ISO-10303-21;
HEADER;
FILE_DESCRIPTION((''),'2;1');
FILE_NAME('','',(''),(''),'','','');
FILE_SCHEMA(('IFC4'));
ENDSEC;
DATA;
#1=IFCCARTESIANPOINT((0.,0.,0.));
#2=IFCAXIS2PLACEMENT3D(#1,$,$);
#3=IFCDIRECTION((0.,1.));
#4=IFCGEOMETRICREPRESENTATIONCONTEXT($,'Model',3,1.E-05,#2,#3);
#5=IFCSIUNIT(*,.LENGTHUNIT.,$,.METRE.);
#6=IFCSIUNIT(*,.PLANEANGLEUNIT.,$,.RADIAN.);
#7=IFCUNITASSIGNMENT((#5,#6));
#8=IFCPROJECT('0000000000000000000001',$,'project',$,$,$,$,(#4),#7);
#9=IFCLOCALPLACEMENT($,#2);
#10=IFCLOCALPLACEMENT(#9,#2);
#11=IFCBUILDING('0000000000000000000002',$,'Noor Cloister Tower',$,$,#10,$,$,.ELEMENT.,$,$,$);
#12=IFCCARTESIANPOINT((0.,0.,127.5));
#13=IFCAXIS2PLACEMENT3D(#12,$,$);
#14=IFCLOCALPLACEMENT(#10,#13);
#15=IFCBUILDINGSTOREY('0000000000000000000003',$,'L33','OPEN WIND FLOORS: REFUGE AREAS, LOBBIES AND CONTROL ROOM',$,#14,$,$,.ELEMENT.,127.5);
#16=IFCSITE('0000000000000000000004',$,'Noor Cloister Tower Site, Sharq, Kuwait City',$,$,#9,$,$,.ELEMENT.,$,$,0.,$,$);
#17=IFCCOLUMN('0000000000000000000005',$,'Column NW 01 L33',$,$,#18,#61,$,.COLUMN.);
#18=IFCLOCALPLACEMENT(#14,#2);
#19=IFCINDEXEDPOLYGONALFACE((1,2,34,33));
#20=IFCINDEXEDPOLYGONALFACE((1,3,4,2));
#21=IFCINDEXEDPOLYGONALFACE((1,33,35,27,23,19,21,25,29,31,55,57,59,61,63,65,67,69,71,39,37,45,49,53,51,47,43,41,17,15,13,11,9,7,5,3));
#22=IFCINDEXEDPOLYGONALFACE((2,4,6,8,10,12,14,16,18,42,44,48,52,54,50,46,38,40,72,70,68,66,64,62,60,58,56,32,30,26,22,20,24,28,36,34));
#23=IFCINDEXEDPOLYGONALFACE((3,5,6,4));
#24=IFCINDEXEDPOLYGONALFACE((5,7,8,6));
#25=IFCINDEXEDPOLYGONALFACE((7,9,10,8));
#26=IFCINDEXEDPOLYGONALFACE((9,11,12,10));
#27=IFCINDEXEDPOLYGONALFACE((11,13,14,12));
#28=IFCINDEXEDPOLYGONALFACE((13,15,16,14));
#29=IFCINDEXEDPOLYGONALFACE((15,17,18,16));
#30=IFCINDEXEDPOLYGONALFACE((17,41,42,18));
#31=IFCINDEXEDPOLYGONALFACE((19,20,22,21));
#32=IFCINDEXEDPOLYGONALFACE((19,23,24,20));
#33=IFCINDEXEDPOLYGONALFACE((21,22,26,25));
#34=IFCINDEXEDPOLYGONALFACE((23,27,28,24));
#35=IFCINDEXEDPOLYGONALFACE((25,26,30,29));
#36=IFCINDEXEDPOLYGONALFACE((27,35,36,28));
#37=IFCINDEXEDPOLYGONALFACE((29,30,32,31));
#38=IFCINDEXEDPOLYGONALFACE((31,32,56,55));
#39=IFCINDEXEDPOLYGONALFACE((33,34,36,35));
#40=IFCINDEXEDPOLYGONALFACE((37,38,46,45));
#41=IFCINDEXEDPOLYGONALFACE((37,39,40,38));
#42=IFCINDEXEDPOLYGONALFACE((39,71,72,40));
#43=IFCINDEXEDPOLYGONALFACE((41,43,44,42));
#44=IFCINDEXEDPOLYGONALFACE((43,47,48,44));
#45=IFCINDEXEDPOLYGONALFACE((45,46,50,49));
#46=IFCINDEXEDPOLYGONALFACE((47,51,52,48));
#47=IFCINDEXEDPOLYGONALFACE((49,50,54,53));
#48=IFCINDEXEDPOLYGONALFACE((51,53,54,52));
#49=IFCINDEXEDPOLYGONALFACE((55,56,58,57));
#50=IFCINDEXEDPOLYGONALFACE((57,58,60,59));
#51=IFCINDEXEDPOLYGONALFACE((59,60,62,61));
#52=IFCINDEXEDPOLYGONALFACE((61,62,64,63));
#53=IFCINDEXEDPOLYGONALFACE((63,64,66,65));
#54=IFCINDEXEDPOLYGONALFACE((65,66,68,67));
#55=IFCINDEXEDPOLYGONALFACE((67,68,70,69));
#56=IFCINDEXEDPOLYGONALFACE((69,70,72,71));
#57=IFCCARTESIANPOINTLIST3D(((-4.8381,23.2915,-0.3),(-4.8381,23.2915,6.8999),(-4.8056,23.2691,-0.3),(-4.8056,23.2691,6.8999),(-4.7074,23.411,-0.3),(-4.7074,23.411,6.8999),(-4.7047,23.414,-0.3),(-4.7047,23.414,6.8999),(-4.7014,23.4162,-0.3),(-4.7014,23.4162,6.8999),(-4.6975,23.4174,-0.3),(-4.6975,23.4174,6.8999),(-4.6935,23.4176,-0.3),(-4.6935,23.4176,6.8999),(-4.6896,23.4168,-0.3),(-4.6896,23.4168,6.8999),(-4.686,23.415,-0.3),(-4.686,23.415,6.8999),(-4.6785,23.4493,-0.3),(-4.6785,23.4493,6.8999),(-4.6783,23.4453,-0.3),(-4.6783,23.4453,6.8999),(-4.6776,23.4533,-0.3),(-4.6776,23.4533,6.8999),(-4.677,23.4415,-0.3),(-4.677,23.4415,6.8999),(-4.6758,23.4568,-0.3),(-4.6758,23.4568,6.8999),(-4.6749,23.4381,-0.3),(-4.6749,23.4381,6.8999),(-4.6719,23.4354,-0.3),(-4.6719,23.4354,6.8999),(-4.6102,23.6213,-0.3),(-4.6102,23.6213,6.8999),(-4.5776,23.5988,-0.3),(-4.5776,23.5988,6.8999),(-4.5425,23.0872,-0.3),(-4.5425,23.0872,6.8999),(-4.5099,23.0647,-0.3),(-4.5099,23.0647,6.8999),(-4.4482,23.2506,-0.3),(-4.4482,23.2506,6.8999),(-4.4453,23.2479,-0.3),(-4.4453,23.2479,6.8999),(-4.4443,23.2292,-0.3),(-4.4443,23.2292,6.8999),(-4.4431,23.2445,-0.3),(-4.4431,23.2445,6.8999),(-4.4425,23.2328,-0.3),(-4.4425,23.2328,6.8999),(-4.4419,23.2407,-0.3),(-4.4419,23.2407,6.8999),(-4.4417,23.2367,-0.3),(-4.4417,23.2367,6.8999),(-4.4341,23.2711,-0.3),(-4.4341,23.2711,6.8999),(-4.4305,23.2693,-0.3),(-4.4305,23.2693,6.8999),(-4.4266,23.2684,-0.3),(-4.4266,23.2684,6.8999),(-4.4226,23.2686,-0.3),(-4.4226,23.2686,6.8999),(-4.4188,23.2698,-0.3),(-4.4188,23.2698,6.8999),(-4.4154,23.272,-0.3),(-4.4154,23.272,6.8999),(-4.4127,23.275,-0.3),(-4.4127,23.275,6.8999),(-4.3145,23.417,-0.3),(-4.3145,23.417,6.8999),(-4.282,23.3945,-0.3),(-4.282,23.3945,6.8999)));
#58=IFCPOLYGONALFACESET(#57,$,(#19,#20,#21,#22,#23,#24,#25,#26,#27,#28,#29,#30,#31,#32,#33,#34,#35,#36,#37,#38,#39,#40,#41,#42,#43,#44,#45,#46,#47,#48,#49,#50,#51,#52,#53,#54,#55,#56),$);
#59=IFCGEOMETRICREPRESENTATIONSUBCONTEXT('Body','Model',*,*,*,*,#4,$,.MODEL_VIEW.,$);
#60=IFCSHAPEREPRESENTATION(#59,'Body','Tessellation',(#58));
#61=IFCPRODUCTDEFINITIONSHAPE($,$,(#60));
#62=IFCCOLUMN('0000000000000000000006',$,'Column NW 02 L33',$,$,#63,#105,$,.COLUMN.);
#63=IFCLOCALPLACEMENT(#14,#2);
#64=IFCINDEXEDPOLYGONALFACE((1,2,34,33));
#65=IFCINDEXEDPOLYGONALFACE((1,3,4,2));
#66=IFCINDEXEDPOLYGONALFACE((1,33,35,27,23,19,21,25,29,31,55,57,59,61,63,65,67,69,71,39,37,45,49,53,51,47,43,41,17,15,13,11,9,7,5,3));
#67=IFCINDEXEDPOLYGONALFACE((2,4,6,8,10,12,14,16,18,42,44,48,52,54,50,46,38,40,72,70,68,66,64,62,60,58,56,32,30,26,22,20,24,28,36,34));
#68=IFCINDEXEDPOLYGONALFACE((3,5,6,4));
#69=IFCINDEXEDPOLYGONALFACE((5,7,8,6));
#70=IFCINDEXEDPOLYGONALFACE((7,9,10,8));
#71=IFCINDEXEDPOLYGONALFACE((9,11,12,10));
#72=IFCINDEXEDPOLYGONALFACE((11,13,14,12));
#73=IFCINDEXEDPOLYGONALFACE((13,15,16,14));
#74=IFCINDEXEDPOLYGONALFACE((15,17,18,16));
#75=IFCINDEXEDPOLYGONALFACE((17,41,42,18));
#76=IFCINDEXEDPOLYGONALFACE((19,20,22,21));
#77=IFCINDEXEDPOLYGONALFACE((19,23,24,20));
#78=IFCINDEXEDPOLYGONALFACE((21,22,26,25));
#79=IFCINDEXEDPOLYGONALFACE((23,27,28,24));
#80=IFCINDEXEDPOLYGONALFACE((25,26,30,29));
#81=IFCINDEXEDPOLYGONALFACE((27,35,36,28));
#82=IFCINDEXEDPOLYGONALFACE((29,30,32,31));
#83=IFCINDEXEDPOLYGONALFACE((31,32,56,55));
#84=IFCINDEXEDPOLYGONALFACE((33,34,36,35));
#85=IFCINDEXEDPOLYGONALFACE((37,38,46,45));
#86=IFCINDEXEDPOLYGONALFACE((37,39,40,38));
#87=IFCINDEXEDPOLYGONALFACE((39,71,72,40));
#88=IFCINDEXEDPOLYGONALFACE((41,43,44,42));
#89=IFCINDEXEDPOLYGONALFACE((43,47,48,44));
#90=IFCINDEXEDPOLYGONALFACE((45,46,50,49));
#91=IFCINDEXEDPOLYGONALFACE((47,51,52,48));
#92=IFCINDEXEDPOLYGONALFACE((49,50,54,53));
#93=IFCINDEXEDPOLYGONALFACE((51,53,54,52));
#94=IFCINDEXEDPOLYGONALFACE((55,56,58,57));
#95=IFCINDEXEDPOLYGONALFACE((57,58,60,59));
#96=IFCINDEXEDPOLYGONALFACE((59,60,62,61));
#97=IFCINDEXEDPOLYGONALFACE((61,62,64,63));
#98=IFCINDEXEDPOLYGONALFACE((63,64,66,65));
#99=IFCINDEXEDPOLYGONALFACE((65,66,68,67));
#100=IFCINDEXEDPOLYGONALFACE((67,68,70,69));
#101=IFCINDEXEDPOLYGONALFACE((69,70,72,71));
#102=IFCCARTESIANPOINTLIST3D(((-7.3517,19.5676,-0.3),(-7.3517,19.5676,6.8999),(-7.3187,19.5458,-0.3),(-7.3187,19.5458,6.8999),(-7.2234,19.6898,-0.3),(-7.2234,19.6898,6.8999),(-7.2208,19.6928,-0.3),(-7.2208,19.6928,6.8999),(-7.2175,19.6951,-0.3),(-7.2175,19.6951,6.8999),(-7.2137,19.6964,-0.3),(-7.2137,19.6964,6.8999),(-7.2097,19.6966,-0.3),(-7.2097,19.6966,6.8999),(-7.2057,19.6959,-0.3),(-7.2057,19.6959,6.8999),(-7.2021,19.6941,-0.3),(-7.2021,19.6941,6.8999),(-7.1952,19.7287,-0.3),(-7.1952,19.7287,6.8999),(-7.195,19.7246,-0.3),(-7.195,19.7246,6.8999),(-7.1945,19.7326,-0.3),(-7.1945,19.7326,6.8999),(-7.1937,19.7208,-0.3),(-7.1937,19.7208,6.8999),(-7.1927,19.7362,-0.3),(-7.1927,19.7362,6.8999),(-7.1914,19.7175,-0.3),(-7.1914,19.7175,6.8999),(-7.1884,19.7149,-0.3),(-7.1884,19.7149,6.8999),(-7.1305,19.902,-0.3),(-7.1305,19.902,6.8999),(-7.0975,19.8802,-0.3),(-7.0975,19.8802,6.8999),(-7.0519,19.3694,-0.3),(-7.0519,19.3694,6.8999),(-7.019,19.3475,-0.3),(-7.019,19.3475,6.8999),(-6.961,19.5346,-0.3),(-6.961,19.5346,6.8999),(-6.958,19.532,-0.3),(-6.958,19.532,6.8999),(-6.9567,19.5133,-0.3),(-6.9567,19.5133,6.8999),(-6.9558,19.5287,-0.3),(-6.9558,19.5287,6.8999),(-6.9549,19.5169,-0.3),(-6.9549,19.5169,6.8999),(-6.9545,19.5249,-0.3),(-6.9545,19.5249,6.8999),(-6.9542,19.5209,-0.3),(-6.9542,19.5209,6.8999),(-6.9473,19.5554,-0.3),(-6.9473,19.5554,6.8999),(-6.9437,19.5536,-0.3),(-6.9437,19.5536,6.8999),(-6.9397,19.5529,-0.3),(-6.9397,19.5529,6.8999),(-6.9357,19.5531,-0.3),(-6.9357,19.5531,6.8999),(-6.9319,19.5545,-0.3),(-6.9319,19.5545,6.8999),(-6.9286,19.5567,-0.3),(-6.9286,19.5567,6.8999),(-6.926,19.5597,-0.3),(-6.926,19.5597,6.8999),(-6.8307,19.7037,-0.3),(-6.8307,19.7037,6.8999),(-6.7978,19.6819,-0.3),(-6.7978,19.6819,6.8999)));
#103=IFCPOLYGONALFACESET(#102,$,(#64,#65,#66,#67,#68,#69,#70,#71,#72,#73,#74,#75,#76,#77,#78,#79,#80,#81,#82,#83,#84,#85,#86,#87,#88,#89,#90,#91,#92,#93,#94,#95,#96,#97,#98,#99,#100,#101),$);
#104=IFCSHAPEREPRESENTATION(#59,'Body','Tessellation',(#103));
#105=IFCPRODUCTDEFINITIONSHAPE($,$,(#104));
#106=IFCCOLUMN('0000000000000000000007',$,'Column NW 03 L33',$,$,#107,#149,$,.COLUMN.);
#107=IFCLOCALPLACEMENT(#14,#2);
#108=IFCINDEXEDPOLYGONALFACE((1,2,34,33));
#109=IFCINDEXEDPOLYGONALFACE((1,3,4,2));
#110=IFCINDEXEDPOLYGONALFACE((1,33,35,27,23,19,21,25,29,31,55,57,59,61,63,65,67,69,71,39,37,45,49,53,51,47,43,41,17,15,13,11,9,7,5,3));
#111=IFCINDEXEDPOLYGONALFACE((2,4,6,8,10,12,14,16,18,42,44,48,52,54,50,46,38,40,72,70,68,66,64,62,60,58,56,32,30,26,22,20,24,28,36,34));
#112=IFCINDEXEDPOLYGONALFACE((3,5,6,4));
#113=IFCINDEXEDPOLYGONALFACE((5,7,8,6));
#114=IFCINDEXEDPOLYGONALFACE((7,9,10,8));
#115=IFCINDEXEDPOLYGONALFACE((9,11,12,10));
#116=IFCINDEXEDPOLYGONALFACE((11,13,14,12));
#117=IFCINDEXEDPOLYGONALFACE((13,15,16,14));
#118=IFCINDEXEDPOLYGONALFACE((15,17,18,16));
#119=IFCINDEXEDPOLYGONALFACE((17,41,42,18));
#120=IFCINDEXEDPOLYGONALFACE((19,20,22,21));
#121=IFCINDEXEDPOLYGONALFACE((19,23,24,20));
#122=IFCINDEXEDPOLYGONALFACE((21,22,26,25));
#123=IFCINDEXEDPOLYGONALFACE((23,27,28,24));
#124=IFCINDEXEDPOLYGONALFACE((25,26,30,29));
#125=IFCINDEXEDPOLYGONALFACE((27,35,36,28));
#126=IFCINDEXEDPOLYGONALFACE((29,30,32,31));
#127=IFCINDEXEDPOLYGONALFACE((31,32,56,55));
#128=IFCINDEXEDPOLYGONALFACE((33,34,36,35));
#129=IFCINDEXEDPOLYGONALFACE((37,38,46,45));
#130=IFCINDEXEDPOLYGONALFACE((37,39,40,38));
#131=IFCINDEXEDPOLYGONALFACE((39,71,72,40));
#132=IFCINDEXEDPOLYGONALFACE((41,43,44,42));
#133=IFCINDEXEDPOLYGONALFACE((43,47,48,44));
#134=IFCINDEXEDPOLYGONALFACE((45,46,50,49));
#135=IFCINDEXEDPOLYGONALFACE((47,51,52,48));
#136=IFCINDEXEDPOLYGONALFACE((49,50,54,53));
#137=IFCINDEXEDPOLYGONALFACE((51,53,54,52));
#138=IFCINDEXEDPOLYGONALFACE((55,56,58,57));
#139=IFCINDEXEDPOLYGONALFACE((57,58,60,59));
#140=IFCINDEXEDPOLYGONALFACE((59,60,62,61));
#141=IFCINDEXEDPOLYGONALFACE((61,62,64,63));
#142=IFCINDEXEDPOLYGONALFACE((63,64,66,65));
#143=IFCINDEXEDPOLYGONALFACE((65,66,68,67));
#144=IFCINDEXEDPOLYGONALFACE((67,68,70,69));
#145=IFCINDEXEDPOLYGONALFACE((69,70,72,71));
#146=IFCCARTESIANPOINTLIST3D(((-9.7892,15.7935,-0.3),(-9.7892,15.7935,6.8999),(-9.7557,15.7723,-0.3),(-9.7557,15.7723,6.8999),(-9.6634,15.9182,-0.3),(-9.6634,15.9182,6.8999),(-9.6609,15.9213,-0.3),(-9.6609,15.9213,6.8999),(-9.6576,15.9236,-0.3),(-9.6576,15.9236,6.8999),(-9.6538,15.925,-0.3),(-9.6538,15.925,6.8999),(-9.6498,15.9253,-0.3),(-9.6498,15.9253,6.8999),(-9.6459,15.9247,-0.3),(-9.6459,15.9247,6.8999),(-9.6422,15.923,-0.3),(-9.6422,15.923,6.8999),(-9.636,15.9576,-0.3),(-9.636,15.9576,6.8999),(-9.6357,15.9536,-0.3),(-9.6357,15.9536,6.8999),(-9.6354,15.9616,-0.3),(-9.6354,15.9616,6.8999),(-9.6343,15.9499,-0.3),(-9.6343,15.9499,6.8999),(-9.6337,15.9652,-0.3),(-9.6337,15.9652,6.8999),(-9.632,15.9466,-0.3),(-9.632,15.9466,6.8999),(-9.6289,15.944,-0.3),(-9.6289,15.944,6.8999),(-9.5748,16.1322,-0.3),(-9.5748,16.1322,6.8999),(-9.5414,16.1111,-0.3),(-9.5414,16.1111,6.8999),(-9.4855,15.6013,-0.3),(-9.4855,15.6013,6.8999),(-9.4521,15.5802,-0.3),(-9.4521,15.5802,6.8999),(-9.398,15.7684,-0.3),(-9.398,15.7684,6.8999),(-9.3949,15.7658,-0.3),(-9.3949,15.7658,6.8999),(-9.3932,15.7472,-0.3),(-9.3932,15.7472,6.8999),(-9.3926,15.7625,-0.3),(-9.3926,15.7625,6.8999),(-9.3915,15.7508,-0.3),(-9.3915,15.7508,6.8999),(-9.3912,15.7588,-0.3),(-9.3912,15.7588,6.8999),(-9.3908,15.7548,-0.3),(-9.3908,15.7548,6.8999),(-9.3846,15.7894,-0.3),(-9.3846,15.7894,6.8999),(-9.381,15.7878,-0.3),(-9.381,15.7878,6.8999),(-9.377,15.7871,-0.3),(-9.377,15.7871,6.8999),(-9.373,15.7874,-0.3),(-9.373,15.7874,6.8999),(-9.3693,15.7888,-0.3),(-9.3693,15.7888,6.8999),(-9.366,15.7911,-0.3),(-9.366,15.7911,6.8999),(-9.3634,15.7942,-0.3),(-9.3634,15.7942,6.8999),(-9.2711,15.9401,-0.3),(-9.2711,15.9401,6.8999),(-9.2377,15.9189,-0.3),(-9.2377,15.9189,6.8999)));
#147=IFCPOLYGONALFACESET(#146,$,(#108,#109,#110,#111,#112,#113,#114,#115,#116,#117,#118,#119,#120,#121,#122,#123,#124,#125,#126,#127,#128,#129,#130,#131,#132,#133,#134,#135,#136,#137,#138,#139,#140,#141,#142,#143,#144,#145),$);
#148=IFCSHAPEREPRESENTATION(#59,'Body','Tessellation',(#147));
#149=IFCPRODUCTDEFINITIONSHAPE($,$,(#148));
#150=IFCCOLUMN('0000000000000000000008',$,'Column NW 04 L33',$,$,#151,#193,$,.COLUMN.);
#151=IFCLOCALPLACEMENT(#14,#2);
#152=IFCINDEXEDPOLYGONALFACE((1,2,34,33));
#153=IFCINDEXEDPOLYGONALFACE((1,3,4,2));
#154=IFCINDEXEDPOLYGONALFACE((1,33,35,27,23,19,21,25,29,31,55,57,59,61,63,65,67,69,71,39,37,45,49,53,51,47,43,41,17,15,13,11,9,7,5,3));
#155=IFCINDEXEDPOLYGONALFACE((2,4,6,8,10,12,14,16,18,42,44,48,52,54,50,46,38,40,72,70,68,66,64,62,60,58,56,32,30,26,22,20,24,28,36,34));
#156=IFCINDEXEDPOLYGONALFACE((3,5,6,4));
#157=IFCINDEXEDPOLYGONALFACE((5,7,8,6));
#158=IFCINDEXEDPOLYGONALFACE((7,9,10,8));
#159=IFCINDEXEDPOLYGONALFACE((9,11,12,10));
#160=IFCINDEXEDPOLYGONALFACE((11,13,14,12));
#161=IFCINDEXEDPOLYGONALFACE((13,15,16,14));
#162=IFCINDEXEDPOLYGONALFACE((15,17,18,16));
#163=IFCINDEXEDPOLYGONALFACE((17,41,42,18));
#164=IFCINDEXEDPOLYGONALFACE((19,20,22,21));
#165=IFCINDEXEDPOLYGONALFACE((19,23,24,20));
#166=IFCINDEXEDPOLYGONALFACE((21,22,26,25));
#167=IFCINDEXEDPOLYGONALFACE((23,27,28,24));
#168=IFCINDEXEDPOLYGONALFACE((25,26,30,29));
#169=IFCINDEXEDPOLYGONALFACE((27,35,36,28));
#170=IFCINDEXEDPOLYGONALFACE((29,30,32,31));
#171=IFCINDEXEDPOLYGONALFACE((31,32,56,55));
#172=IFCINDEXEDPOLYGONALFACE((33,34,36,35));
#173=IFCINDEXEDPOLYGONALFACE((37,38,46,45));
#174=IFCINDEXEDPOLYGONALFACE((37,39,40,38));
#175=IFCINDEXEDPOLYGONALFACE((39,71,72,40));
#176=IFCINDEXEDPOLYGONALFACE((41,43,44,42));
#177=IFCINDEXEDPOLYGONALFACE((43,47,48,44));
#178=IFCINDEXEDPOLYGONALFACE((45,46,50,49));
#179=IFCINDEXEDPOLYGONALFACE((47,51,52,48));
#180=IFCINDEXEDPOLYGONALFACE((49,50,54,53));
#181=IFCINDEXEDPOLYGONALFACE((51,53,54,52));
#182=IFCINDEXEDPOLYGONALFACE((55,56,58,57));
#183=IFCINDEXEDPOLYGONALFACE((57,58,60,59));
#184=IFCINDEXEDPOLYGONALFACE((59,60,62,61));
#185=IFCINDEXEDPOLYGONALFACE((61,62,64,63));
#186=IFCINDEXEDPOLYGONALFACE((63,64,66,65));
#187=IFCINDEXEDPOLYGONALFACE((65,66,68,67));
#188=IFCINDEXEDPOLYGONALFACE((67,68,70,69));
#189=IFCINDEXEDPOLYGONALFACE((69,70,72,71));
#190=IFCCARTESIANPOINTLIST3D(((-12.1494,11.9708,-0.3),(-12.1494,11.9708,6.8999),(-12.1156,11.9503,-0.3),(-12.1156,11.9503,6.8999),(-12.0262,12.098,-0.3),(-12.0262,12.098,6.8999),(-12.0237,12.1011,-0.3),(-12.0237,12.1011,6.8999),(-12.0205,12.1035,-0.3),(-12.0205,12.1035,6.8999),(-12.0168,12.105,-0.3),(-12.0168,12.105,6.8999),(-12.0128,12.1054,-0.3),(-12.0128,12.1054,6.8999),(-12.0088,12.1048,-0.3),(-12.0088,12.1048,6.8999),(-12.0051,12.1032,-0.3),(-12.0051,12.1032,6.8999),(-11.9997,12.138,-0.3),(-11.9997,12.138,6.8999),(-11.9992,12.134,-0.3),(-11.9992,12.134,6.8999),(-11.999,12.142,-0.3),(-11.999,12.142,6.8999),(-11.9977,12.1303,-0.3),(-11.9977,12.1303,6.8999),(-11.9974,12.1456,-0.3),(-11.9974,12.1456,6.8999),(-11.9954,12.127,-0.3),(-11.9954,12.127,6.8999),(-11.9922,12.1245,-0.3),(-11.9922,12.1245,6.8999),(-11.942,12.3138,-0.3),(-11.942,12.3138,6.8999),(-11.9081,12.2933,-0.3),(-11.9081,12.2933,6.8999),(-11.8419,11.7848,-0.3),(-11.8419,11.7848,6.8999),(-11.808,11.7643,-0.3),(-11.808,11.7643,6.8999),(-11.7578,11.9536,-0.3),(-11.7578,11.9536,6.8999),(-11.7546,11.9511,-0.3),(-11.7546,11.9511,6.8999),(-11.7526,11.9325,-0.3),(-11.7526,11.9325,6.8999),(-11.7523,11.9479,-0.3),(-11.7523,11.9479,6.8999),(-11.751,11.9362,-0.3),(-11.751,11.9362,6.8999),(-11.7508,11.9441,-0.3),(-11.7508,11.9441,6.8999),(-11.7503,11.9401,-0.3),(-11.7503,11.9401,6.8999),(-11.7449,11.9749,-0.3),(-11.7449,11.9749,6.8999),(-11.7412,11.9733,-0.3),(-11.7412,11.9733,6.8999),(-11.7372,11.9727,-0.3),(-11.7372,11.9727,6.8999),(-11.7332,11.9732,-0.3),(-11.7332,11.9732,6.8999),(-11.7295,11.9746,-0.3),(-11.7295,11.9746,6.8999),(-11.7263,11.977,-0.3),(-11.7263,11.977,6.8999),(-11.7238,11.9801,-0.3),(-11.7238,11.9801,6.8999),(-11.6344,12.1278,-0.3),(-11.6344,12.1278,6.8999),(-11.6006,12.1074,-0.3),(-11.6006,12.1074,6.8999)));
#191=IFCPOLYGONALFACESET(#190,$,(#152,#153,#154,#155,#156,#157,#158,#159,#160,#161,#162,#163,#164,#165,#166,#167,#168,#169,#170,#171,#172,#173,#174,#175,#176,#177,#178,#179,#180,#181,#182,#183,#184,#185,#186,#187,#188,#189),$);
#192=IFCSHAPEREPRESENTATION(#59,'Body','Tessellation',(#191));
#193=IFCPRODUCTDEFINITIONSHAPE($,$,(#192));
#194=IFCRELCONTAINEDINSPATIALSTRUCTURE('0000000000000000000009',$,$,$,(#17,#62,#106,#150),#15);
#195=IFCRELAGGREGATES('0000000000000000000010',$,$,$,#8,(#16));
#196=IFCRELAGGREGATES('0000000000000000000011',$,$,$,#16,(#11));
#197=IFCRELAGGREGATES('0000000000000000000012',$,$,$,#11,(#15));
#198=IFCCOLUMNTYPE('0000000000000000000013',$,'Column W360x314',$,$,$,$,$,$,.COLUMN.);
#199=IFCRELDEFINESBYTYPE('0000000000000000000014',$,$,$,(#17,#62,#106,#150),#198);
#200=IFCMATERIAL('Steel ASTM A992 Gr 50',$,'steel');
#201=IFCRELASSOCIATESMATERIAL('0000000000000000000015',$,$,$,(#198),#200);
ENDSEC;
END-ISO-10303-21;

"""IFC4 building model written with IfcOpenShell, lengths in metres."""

from ifc_helpers import new_model, si_unit, direction, frame, origin, origin_2d, place, context, subcontext, project, spatial, i_section, extrude, material, material_profile, profile_set, type_object, element, save


model = new_model("IFC4")

# Units and contexts
model_context = context("Model", 3, precision=1e-05, world=origin(), true_north=direction((0.0, 1.0)))
body_context = subcontext(model_context, "Body", "Model", "MODEL_VIEW")
ifc_project = project(units=[si_unit("LENGTHUNIT", "METRE"), si_unit("PLANEANGLEUNIT", "RADIAN")], contexts=[model_context])

# Site, building, storey
site_placement = place(None, origin())
site = spatial("IfcSite", under=ifc_project, at=site_placement, Name="Noor Cloister Tower Site, Sharq, Kuwait City", CompositionType="ELEMENT", RefElevation=0.0)
building_placement = place(site_placement, origin())
building = spatial("IfcBuilding", under=site, at=building_placement, Name="Noor Cloister Tower", CompositionType="ELEMENT")
storey_placement = place(building_placement, frame((0.0, 0.0, 127.5)))
storey = spatial("IfcBuildingStorey", under=building, at=storey_placement, Name="L33", Description="OPEN WIND FLOORS: REFUGE AREAS, LOBBIES AND CONTROL ROOM", CompositionType="ELEMENT", Elevation=127.5)

# Columns
ifc_material_1 = material(Name="Steel ASTM A992 Gr 50", Category="steel")
ifc_material_profile_1 = material_profile(ifc_material_1, i_section(OverallWidth=0.4009, OverallDepth=0.3989, WebThickness=0.0249, FlangeThickness=0.0396, FilletRadius=0.0154, at=origin_2d()), Name="W360x314")
ifc_profile_set_1 = profile_set([ifc_material_profile_1], Name="Steel ASTM A992 Gr 50")
column_type_1 = type_object("IfcColumnType", Name="Column W360x314", PredefinedType="COLUMN", material=ifc_profile_set_1)
for number, where, z_axis, x_axis, name in (
    (1, (-4.5601, 23.343, -0.3), (0.0, 0.0, 1.0), (-0.568579, -0.822628, 0.0), "Column NW 01 L33"),
    (2, (-7.0747, 19.6248, -0.3), (0.0, 0.0, 1.0), (-0.551768, -0.833997, 0.0), "Column NW 02 L33"),
    (3, (-9.5134, 15.8562, -0.3), (0.0, 0.0, 1.0), (-0.53473, -0.845023, 0.0), "Column NW 03 L33"),
    (4, (-11.875, 12.0391, -0.3), (0.0, 0.0, 1.0), (-0.517472, -0.8557, 0.0), "Column NW 04 L33"),
):
    element("IfcColumn", number, at=place(storey_placement, frame(where, z_axis=z_axis, x_axis=x_axis)), inside=storey, type_object=column_type_1, Name=name, PredefinedType="COLUMN", context=body_context, shape_type="SweptSolid", body=[
        extrude(i_section(OverallWidth=0.4009, OverallDepth=0.3989, WebThickness=0.0249, FlangeThickness=0.0396, FilletRadius=0.0154, at=origin_2d()), origin(), (0.0, 0.0, 1.0), 7.2),
    ])

save(model, "model.ifc")
